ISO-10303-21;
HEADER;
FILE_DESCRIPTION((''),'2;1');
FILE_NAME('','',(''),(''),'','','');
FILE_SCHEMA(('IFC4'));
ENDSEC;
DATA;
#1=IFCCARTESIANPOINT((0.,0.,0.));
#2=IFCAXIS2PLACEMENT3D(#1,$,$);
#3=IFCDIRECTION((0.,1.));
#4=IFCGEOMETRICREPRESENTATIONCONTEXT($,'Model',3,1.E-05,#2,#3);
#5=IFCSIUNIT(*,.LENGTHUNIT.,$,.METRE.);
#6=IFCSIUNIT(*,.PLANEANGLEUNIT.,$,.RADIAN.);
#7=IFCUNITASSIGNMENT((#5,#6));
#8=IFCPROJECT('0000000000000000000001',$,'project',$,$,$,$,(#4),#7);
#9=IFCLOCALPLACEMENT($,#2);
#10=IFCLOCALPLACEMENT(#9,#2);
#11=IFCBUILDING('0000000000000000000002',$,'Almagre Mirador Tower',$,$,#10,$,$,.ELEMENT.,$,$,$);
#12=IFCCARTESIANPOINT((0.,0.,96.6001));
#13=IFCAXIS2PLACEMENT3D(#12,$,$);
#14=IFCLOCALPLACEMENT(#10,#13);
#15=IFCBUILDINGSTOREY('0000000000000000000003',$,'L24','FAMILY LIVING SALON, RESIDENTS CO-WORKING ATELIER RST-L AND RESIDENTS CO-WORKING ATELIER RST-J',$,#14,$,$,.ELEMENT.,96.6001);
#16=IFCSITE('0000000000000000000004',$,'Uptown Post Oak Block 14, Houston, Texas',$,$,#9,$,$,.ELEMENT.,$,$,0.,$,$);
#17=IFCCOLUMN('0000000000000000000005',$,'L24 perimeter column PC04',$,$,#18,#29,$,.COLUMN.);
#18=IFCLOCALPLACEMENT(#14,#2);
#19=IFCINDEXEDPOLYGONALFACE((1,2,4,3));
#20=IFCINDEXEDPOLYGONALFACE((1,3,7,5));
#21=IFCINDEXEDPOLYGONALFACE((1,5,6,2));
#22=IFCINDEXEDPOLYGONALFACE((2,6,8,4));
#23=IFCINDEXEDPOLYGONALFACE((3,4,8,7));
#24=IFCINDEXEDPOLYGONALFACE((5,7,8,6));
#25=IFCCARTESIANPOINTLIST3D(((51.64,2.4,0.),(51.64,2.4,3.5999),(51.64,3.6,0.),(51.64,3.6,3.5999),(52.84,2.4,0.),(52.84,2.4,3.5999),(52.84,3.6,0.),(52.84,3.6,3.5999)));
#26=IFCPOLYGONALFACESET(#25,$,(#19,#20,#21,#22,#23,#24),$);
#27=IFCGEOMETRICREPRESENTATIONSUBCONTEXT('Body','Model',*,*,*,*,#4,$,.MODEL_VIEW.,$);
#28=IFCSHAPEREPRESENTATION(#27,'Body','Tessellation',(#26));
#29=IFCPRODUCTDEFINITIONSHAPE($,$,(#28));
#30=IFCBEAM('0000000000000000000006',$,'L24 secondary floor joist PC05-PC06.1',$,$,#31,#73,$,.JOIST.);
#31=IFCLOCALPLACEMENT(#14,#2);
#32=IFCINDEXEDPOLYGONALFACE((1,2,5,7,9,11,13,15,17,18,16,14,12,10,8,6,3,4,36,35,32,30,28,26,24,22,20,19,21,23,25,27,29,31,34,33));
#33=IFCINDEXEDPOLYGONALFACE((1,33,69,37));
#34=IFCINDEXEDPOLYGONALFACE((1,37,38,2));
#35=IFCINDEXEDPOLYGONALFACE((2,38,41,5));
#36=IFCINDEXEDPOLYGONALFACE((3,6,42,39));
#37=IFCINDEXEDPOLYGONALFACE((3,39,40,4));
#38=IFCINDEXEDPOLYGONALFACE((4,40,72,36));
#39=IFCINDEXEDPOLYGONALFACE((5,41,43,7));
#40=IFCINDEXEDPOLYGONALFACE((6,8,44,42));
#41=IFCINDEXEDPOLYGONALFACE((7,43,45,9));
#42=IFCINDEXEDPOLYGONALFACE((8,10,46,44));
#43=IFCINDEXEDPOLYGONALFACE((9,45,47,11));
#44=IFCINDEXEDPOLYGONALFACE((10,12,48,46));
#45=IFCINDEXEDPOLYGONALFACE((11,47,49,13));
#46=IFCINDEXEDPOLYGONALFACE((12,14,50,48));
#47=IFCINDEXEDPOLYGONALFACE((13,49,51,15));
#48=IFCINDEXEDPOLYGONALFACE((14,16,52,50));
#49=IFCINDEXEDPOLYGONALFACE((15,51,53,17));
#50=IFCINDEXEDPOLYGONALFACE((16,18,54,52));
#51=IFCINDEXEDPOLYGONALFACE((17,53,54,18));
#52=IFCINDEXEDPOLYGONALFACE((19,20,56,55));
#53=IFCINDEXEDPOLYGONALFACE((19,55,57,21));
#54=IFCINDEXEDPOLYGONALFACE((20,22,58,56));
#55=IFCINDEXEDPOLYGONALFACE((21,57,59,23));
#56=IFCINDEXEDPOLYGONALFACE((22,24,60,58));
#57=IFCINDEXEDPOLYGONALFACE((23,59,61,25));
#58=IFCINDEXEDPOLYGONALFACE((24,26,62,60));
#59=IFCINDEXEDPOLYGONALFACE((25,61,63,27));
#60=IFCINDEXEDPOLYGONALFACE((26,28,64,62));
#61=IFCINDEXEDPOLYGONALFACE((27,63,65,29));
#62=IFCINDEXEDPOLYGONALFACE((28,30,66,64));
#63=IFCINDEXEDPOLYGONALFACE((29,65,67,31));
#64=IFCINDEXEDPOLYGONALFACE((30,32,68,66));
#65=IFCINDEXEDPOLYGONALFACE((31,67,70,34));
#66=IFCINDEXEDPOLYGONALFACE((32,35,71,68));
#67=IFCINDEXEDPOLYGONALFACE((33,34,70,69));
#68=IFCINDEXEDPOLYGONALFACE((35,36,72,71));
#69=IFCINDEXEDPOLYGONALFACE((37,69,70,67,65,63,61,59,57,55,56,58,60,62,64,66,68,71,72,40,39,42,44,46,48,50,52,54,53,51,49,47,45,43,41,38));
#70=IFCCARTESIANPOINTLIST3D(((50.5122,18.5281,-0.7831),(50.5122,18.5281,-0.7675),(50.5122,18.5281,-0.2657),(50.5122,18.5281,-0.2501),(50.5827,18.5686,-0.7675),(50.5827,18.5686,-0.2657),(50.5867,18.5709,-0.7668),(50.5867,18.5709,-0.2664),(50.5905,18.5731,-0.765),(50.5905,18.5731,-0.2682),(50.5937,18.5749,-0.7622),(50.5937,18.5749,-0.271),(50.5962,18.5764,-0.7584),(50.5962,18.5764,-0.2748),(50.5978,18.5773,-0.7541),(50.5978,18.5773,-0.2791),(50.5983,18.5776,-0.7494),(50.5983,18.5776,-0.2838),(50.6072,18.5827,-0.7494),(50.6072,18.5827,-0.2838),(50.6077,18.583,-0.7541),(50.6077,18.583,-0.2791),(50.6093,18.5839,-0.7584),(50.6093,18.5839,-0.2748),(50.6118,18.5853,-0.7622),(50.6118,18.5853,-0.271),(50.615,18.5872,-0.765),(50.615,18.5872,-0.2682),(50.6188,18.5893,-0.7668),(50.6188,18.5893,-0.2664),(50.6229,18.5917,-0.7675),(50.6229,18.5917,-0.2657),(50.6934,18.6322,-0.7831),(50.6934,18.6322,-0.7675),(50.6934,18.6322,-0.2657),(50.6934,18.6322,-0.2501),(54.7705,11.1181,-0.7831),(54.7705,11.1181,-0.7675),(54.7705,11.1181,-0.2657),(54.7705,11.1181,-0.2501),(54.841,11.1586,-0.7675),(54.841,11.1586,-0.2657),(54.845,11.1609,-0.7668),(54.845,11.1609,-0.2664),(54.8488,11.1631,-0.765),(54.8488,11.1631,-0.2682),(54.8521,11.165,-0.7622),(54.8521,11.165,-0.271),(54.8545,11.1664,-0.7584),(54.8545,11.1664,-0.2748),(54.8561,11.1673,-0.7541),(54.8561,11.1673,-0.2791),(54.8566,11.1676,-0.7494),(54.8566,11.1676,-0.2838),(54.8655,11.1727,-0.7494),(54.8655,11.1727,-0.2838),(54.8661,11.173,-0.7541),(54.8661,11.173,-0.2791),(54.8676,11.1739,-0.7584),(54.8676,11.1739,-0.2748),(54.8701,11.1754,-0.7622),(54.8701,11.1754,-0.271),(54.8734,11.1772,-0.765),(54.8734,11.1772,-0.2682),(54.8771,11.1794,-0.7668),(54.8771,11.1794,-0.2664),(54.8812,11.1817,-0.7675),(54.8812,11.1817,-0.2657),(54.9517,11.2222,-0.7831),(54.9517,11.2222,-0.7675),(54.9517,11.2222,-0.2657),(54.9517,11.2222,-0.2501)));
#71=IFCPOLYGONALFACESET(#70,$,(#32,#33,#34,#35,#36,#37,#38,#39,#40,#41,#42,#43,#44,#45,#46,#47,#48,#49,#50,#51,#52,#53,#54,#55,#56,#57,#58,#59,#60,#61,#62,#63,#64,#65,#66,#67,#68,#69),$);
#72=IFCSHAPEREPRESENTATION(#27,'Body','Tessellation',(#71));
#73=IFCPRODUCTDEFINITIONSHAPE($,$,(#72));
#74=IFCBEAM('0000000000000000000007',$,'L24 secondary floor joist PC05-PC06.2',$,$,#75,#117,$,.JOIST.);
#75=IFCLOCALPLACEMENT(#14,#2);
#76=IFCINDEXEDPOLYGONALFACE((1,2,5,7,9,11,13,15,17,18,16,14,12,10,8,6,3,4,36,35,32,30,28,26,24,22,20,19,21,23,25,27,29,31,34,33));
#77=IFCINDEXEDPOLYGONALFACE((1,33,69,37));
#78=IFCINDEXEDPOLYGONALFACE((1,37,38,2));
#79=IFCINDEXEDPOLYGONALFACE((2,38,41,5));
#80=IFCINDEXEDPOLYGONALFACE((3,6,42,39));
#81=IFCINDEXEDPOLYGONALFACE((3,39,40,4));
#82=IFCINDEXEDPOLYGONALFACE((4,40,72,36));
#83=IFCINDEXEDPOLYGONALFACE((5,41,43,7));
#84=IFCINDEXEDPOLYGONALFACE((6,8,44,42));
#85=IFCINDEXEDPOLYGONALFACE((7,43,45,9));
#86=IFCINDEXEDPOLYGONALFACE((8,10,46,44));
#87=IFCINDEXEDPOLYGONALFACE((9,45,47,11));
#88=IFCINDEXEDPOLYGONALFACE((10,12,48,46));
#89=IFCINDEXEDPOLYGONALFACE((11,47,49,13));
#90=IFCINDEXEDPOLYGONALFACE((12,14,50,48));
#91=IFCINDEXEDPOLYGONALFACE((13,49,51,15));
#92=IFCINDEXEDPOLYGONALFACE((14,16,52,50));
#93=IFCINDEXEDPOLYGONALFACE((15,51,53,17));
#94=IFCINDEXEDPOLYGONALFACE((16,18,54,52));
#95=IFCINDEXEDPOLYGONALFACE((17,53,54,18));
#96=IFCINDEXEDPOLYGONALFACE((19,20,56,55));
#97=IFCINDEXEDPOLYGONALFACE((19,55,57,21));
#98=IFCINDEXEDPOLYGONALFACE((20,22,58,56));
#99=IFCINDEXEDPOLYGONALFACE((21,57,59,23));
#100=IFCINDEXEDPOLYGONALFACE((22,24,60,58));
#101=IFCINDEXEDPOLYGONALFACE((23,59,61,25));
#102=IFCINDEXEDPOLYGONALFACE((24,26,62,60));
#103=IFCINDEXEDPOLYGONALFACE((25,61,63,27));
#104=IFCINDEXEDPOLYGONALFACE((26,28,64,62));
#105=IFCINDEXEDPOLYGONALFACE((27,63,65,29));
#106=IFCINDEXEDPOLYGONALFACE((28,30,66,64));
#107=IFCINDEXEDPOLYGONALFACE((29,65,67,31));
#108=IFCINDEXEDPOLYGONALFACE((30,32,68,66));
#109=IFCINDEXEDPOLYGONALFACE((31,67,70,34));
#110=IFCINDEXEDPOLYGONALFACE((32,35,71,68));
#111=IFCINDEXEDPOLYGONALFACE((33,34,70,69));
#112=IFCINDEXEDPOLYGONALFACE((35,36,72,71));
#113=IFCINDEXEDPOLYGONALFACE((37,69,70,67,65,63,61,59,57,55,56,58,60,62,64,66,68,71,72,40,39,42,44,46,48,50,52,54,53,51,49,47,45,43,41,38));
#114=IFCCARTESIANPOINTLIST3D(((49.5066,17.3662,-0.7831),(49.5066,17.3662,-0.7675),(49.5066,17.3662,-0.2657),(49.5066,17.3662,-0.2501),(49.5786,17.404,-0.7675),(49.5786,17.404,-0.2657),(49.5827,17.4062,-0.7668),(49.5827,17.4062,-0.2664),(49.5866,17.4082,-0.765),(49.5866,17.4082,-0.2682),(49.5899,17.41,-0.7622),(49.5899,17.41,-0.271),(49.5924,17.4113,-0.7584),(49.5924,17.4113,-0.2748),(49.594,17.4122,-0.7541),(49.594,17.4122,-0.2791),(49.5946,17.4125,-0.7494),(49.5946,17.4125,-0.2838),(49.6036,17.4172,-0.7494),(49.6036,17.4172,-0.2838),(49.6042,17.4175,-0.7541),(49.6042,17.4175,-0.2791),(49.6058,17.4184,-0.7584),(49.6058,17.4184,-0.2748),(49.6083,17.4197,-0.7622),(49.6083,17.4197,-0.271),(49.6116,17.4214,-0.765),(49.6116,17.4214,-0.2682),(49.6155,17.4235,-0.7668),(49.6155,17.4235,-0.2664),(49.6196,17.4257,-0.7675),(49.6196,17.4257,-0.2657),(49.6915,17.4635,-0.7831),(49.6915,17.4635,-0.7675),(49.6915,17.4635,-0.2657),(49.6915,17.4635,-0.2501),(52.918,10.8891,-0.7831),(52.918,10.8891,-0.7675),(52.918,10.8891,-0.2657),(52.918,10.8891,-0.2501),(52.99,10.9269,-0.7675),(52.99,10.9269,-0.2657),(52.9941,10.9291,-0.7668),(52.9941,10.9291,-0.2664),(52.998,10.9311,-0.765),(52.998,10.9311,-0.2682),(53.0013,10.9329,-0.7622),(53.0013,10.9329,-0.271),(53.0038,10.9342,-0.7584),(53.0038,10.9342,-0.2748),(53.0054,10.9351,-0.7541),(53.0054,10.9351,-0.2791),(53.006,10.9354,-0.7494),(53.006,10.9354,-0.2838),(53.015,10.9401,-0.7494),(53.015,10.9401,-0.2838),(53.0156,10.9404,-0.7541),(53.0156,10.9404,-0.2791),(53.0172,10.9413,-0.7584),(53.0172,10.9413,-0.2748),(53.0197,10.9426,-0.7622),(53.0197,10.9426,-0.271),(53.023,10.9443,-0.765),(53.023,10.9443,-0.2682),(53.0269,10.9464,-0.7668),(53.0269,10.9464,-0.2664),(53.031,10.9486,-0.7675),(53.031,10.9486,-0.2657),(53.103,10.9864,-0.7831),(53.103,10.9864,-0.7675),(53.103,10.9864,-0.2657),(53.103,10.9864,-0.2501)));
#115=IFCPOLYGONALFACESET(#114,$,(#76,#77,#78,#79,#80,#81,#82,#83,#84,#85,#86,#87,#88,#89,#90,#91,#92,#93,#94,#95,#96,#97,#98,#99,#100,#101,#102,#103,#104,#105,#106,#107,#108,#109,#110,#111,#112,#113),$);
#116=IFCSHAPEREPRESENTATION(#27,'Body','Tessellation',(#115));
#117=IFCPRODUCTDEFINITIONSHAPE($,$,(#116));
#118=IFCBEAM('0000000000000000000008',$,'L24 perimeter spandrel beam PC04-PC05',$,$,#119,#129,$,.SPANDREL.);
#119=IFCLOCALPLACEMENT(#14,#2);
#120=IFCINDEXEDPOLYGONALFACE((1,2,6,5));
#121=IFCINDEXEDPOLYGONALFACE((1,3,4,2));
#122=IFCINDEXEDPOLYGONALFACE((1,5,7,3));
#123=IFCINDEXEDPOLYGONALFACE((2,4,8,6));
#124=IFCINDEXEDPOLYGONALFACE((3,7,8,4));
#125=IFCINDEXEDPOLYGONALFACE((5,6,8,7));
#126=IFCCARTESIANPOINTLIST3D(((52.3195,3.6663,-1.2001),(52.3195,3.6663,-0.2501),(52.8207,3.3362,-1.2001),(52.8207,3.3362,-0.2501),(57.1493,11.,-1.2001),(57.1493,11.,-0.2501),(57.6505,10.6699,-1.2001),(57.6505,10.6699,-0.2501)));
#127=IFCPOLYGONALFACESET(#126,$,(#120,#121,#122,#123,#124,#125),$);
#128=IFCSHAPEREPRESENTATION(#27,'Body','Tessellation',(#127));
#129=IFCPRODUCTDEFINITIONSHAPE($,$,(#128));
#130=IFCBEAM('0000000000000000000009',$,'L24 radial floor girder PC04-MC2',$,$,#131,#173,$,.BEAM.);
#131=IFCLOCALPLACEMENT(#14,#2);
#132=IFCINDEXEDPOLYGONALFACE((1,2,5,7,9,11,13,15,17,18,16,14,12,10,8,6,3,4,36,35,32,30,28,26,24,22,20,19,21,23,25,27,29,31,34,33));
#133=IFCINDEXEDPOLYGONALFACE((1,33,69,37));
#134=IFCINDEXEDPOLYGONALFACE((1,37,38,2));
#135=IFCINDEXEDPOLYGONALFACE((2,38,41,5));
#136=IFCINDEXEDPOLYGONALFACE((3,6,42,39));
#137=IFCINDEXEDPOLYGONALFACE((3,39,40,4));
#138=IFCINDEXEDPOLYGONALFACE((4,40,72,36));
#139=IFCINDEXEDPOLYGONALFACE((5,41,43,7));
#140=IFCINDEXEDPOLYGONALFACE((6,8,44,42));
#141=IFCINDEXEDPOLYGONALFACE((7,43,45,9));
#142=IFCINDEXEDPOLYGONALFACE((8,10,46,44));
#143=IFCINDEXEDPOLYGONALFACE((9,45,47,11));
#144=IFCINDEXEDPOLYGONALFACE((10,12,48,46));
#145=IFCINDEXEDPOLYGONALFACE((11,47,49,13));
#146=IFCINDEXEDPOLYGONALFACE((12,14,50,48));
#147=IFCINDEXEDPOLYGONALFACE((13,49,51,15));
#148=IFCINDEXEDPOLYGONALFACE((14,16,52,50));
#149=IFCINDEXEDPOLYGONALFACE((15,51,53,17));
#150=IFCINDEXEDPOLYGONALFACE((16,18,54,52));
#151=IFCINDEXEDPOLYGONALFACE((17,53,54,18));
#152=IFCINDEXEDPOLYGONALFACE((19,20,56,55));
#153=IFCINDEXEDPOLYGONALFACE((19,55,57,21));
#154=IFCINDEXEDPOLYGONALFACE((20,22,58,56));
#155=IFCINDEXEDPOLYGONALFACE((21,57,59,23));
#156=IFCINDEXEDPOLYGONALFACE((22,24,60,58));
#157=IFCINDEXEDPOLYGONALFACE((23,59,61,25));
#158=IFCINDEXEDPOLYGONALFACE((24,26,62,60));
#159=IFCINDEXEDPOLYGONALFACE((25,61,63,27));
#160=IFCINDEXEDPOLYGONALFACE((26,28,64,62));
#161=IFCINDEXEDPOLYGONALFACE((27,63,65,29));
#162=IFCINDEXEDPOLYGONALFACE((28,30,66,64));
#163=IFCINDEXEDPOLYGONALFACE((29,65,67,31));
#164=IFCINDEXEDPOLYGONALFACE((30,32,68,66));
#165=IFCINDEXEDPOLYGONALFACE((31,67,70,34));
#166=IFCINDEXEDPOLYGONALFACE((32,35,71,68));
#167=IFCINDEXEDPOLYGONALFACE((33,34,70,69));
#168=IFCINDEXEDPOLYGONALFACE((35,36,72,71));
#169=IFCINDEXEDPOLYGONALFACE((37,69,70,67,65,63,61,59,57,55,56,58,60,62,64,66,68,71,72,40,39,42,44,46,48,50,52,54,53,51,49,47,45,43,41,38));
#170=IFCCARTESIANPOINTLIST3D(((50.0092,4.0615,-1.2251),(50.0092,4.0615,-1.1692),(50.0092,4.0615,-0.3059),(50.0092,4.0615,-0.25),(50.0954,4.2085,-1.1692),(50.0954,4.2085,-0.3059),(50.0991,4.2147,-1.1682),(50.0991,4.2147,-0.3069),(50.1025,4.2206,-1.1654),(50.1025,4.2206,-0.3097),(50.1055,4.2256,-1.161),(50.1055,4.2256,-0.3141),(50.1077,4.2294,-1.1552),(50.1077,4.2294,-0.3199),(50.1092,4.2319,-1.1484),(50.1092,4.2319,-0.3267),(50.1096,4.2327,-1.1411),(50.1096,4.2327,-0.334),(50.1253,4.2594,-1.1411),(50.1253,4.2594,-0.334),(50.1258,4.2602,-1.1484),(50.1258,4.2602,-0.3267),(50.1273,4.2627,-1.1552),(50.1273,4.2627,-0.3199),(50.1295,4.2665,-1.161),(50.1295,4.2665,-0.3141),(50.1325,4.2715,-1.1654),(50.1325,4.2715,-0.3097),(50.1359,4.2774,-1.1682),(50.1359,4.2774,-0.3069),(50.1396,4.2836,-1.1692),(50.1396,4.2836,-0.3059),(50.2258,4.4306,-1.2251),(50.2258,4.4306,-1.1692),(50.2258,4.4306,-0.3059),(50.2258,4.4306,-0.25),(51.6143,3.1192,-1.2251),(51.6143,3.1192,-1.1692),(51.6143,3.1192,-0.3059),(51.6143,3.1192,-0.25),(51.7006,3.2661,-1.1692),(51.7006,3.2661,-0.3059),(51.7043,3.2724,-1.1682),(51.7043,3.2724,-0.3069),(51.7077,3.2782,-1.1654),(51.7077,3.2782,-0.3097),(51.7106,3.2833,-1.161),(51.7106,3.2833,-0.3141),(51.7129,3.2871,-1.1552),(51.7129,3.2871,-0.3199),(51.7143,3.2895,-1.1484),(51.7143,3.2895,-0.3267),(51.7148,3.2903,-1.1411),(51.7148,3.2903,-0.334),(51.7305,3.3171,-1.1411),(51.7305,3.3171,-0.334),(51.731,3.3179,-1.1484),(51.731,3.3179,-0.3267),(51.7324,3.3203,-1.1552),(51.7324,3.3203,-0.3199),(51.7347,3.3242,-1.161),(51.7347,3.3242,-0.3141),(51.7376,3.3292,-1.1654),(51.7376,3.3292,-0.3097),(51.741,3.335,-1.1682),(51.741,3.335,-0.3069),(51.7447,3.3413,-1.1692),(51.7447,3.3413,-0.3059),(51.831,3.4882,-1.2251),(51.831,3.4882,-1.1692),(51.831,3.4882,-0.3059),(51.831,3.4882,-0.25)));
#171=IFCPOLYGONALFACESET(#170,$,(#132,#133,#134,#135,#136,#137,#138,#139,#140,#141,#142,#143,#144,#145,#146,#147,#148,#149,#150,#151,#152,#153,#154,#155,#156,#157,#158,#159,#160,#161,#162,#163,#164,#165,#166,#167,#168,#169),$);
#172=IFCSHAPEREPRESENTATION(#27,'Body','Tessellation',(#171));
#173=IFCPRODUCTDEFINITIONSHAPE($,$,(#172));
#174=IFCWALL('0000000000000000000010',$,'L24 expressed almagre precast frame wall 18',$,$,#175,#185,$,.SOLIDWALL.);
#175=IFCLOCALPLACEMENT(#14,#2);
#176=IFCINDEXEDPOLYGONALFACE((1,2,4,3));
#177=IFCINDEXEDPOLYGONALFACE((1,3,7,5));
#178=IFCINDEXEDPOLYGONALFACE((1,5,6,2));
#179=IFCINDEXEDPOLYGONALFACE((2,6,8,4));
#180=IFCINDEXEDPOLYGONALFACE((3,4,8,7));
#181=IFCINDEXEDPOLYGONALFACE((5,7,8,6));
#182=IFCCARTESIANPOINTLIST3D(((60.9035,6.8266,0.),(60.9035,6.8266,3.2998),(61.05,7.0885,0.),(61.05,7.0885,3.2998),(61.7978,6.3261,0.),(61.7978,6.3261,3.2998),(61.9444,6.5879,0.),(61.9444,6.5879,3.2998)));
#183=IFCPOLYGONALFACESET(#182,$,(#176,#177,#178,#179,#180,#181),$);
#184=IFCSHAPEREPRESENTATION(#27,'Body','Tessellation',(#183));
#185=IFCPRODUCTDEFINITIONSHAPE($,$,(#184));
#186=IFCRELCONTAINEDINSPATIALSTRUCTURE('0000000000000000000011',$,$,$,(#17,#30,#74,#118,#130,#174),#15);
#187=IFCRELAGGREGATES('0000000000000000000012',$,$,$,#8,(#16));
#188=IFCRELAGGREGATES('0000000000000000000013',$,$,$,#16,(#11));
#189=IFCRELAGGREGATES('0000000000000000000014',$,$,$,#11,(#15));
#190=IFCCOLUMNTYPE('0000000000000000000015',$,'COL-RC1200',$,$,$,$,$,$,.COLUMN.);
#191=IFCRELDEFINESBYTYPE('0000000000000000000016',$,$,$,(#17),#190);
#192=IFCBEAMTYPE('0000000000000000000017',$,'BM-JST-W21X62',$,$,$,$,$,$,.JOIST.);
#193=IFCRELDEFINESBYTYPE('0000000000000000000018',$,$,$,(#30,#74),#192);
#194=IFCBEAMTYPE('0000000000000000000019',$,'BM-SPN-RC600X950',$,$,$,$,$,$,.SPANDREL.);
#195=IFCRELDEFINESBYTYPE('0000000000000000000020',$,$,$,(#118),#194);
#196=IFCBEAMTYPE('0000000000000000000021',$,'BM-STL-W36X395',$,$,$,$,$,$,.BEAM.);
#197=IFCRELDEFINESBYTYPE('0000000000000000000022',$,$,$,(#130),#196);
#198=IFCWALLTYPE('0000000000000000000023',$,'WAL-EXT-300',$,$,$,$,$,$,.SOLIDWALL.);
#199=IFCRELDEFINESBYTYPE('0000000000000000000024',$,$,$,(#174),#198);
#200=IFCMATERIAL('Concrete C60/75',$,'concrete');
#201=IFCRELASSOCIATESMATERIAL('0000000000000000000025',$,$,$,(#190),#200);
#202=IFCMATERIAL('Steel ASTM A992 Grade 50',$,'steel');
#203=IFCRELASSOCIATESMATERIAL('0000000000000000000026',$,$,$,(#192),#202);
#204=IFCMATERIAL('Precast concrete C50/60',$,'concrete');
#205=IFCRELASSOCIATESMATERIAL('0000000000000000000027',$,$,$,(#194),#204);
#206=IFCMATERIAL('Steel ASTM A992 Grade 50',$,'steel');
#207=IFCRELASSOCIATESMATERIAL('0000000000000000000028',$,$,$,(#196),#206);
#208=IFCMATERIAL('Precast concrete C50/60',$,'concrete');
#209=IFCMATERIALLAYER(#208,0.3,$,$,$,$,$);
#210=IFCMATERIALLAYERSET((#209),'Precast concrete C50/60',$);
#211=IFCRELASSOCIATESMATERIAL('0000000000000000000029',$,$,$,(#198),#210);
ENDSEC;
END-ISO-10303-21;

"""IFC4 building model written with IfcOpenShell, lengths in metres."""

from ifc_helpers import new_model, si_unit, direction, frame, frame_2d, origin, origin_2d, place, context, subcontext, project, spatial, rectangle, i_section, extrude, material, layer, layer_set, material_profile, profile_set, type_object, element, save


model = new_model("IFC4")

# Units and contexts
model_context = context("Model", 3, precision=1e-05, world=origin(), true_north=direction((0.0, 1.0)))
body_context = subcontext(model_context, "Body", "Model", "MODEL_VIEW")
ifc_project = project(units=[si_unit("LENGTHUNIT", "METRE"), si_unit("PLANEANGLEUNIT", "RADIAN")], contexts=[model_context])

# Site, building, storey
site_placement = place(None, origin())
site = spatial("IfcSite", under=ifc_project, at=site_placement, Name="Uptown Post Oak Block 14, Houston, Texas", CompositionType="ELEMENT", RefElevation=0.0)
building_placement = place(site_placement, origin())
building = spatial("IfcBuilding", under=site, at=building_placement, Name="Almagre Mirador Tower", CompositionType="ELEMENT")
storey_placement = place(building_placement, frame((0.0, 0.0, 96.6001)))
storey = spatial("IfcBuildingStorey", under=building, at=storey_placement, Name="L24", Description="FAMILY LIVING SALON, RESIDENTS CO-WORKING ATELIER RST-L AND RESIDENTS CO-WORKING ATELIER RST-J", CompositionType="ELEMENT", Elevation=96.6001)

# Column
ifc_material_1 = material(Name="Concrete C60/75", Category="concrete")
ifc_material_profile_1 = material_profile(ifc_material_1, rectangle(XDim=1.2, YDim=1.2, at=origin_2d()), Name="RC1200X1200")
ifc_profile_set_1 = profile_set([ifc_material_profile_1], Name="Concrete C60/75")
column_type = type_object("IfcColumnType", Name="COL-RC1200", PredefinedType="COLUMN", material=ifc_profile_set_1)
column_placement = place(storey_placement, frame((52.24, 3.0, 0.0), z_axis=(0.0, 0.0, 1.0), x_axis=(1.0, 0.0, 0.0)))
element("IfcColumn", 1, at=column_placement, inside=storey, type_object=column_type, Name="L24 perimeter column PC04", PredefinedType="COLUMN", context=body_context, shape_type="SweptSolid", body=[
    extrude(rectangle(XDim=1.2, YDim=1.2, at=origin_2d()), origin(), (0.0, 0.0, 1.0), 3.5999),
])

# Beams
ifc_material_2 = material(Name="Steel ASTM A992 Grade 50", Category="steel")
ifc_material_profile_2 = material_profile(ifc_material_2, i_section(OverallWidth=0.209, OverallDepth=0.533, WebThickness=0.0103, FlangeThickness=0.0156, FilletRadius=0.0181, at=origin_2d()), Name="W21X62")
ifc_profile_set_2 = profile_set([ifc_material_profile_2], Name="Steel ASTM A992 Grade 50")
beam_type_1 = type_object("IfcBeamType", Name="BM-JST-W21X62", PredefinedType="JOIST", material=ifc_profile_set_2)
beam_1_placement = place(storey_placement, frame((54.8611, 11.1702, -0.5166), z_axis=(-0.49826, 0.867028, 0.0), x_axis=(-0.867028, -0.49826, 0.0)))
element("IfcBeam", 2, at=beam_1_placement, inside=storey, type_object=beam_type_1, Name="L24 secondary floor joist PC05-PC06.1", PredefinedType="JOIST", context=body_context, shape_type="SweptSolid", body=[
    extrude(i_section(OverallWidth=0.209, OverallDepth=0.533, WebThickness=0.0103, FlangeThickness=0.0156, FilletRadius=0.0181, at=origin_2d()), origin(), (0.0, 0.0, 1.0), 8.5464),
])
beam_2_placement = place(storey_placement, frame((53.0105, 10.9377, -0.5166), z_axis=(-0.466003, 0.884783, 0.0), x_axis=(-0.884783, -0.466003, 0.0)))
element("IfcBeam", 3, at=beam_2_placement, inside=storey, type_object=beam_type_1, Name="L24 secondary floor joist PC05-PC06.2", PredefinedType="JOIST", context=body_context, shape_type="SweptSolid", body=[
    extrude(i_section(OverallWidth=0.209, OverallDepth=0.533, WebThickness=0.0103, FlangeThickness=0.0156, FilletRadius=0.0181, at=origin_2d()), origin(), (0.0, 0.0, 1.0), 7.3206),
])
ifc_material_3 = material(Name="Precast concrete C50/60", Category="concrete")
ifc_material_profile_3 = material_profile(ifc_material_3, rectangle(XDim=0.6001, YDim=0.95, at=origin_2d()), Name="RC600X950")
ifc_profile_set_3 = profile_set([ifc_material_profile_3], Name="Precast concrete C50/60")
beam_type_2 = type_object("IfcBeamType", Name="BM-SPN-RC600X950", PredefinedType="SPANDREL", material=ifc_profile_set_3)
beam_3_placement = place(storey_placement, frame((52.5701, 3.5012, -0.7251), z_axis=(0.550014, 0.835155, 0.0), x_axis=(-0.835155, 0.550014, 0.0)))
element("IfcBeam", 4, at=beam_3_placement, inside=storey, type_object=beam_type_2, Name="L24 perimeter spandrel beam PC04-PC05", PredefinedType="SPANDREL", context=body_context, shape_type="SweptSolid", body=[
    extrude(rectangle(XDim=0.6001, YDim=0.95, at=origin_2d()), origin(), (0.0, 0.0, 1.0), 8.7812),
])
ifc_material_4 = material(Name="Steel ASTM A992 Grade 50", Category="steel")
ifc_material_profile_4 = material_profile(ifc_material_4, i_section(OverallWidth=0.428, OverallDepth=0.9751, WebThickness=0.031, FlangeThickness=0.0559, FilletRadius=0.0281, at=origin_2d()), Name="W36X395")
ifc_profile_set_4 = profile_set([ifc_material_profile_4], Name="Steel ASTM A992 Grade 50")
beam_type_3 = type_object("IfcBeamType", Name="BM-STL-W36X395", PredefinedType="BEAM", material=ifc_profile_set_4)
beam_4_placement = place(storey_placement, frame((51.7227, 3.3037, -0.7375), z_axis=(-0.862372, 0.506275, 0.0), x_axis=(-0.506275, -0.862372, 0.0)))
element("IfcBeam", 5, at=beam_4_placement, inside=storey, type_object=beam_type_3, Name="L24 radial floor girder PC04-MC2", PredefinedType="BEAM", context=body_context, shape_type="SweptSolid", body=[
    extrude(i_section(OverallWidth=0.428, OverallDepth=0.9751, WebThickness=0.031, FlangeThickness=0.0559, FilletRadius=0.0281, at=origin_2d()), origin(), (0.0, 0.0, 1.0), 1.8613),
])

# Wall
ifc_material_5 = material(Name="Precast concrete C50/60", Category="concrete")
ifc_layer_1 = layer(ifc_material_5, 0.3)
ifc_layer_set_1 = layer_set([ifc_layer_1], Name="Precast concrete C50/60")
wall_type_1 = type_object("IfcWallType", Name="WAL-EXT-300", PredefinedType="SOLIDWALL", material=ifc_layer_set_1)
wall_1_placement = place(storey_placement, frame((61.8711, 6.457, 0.0), z_axis=(0.0, 0.0, 1.0), x_axis=(-0.872636, 0.488371, 0.0)))
element("IfcWall", 6, at=wall_1_placement, inside=storey, type_object=wall_type_1, Name="L24 expressed almagre precast frame wall 18", PredefinedType="SOLIDWALL", context=body_context, shape_type="SweptSolid", body=[
    extrude(rectangle(XDim=1.0249, YDim=0.3, at=frame_2d((0.5125, 0.0))), origin(), (0.0, 0.0, 1.0), 3.2998),
])

save(model, "model.ifc")
